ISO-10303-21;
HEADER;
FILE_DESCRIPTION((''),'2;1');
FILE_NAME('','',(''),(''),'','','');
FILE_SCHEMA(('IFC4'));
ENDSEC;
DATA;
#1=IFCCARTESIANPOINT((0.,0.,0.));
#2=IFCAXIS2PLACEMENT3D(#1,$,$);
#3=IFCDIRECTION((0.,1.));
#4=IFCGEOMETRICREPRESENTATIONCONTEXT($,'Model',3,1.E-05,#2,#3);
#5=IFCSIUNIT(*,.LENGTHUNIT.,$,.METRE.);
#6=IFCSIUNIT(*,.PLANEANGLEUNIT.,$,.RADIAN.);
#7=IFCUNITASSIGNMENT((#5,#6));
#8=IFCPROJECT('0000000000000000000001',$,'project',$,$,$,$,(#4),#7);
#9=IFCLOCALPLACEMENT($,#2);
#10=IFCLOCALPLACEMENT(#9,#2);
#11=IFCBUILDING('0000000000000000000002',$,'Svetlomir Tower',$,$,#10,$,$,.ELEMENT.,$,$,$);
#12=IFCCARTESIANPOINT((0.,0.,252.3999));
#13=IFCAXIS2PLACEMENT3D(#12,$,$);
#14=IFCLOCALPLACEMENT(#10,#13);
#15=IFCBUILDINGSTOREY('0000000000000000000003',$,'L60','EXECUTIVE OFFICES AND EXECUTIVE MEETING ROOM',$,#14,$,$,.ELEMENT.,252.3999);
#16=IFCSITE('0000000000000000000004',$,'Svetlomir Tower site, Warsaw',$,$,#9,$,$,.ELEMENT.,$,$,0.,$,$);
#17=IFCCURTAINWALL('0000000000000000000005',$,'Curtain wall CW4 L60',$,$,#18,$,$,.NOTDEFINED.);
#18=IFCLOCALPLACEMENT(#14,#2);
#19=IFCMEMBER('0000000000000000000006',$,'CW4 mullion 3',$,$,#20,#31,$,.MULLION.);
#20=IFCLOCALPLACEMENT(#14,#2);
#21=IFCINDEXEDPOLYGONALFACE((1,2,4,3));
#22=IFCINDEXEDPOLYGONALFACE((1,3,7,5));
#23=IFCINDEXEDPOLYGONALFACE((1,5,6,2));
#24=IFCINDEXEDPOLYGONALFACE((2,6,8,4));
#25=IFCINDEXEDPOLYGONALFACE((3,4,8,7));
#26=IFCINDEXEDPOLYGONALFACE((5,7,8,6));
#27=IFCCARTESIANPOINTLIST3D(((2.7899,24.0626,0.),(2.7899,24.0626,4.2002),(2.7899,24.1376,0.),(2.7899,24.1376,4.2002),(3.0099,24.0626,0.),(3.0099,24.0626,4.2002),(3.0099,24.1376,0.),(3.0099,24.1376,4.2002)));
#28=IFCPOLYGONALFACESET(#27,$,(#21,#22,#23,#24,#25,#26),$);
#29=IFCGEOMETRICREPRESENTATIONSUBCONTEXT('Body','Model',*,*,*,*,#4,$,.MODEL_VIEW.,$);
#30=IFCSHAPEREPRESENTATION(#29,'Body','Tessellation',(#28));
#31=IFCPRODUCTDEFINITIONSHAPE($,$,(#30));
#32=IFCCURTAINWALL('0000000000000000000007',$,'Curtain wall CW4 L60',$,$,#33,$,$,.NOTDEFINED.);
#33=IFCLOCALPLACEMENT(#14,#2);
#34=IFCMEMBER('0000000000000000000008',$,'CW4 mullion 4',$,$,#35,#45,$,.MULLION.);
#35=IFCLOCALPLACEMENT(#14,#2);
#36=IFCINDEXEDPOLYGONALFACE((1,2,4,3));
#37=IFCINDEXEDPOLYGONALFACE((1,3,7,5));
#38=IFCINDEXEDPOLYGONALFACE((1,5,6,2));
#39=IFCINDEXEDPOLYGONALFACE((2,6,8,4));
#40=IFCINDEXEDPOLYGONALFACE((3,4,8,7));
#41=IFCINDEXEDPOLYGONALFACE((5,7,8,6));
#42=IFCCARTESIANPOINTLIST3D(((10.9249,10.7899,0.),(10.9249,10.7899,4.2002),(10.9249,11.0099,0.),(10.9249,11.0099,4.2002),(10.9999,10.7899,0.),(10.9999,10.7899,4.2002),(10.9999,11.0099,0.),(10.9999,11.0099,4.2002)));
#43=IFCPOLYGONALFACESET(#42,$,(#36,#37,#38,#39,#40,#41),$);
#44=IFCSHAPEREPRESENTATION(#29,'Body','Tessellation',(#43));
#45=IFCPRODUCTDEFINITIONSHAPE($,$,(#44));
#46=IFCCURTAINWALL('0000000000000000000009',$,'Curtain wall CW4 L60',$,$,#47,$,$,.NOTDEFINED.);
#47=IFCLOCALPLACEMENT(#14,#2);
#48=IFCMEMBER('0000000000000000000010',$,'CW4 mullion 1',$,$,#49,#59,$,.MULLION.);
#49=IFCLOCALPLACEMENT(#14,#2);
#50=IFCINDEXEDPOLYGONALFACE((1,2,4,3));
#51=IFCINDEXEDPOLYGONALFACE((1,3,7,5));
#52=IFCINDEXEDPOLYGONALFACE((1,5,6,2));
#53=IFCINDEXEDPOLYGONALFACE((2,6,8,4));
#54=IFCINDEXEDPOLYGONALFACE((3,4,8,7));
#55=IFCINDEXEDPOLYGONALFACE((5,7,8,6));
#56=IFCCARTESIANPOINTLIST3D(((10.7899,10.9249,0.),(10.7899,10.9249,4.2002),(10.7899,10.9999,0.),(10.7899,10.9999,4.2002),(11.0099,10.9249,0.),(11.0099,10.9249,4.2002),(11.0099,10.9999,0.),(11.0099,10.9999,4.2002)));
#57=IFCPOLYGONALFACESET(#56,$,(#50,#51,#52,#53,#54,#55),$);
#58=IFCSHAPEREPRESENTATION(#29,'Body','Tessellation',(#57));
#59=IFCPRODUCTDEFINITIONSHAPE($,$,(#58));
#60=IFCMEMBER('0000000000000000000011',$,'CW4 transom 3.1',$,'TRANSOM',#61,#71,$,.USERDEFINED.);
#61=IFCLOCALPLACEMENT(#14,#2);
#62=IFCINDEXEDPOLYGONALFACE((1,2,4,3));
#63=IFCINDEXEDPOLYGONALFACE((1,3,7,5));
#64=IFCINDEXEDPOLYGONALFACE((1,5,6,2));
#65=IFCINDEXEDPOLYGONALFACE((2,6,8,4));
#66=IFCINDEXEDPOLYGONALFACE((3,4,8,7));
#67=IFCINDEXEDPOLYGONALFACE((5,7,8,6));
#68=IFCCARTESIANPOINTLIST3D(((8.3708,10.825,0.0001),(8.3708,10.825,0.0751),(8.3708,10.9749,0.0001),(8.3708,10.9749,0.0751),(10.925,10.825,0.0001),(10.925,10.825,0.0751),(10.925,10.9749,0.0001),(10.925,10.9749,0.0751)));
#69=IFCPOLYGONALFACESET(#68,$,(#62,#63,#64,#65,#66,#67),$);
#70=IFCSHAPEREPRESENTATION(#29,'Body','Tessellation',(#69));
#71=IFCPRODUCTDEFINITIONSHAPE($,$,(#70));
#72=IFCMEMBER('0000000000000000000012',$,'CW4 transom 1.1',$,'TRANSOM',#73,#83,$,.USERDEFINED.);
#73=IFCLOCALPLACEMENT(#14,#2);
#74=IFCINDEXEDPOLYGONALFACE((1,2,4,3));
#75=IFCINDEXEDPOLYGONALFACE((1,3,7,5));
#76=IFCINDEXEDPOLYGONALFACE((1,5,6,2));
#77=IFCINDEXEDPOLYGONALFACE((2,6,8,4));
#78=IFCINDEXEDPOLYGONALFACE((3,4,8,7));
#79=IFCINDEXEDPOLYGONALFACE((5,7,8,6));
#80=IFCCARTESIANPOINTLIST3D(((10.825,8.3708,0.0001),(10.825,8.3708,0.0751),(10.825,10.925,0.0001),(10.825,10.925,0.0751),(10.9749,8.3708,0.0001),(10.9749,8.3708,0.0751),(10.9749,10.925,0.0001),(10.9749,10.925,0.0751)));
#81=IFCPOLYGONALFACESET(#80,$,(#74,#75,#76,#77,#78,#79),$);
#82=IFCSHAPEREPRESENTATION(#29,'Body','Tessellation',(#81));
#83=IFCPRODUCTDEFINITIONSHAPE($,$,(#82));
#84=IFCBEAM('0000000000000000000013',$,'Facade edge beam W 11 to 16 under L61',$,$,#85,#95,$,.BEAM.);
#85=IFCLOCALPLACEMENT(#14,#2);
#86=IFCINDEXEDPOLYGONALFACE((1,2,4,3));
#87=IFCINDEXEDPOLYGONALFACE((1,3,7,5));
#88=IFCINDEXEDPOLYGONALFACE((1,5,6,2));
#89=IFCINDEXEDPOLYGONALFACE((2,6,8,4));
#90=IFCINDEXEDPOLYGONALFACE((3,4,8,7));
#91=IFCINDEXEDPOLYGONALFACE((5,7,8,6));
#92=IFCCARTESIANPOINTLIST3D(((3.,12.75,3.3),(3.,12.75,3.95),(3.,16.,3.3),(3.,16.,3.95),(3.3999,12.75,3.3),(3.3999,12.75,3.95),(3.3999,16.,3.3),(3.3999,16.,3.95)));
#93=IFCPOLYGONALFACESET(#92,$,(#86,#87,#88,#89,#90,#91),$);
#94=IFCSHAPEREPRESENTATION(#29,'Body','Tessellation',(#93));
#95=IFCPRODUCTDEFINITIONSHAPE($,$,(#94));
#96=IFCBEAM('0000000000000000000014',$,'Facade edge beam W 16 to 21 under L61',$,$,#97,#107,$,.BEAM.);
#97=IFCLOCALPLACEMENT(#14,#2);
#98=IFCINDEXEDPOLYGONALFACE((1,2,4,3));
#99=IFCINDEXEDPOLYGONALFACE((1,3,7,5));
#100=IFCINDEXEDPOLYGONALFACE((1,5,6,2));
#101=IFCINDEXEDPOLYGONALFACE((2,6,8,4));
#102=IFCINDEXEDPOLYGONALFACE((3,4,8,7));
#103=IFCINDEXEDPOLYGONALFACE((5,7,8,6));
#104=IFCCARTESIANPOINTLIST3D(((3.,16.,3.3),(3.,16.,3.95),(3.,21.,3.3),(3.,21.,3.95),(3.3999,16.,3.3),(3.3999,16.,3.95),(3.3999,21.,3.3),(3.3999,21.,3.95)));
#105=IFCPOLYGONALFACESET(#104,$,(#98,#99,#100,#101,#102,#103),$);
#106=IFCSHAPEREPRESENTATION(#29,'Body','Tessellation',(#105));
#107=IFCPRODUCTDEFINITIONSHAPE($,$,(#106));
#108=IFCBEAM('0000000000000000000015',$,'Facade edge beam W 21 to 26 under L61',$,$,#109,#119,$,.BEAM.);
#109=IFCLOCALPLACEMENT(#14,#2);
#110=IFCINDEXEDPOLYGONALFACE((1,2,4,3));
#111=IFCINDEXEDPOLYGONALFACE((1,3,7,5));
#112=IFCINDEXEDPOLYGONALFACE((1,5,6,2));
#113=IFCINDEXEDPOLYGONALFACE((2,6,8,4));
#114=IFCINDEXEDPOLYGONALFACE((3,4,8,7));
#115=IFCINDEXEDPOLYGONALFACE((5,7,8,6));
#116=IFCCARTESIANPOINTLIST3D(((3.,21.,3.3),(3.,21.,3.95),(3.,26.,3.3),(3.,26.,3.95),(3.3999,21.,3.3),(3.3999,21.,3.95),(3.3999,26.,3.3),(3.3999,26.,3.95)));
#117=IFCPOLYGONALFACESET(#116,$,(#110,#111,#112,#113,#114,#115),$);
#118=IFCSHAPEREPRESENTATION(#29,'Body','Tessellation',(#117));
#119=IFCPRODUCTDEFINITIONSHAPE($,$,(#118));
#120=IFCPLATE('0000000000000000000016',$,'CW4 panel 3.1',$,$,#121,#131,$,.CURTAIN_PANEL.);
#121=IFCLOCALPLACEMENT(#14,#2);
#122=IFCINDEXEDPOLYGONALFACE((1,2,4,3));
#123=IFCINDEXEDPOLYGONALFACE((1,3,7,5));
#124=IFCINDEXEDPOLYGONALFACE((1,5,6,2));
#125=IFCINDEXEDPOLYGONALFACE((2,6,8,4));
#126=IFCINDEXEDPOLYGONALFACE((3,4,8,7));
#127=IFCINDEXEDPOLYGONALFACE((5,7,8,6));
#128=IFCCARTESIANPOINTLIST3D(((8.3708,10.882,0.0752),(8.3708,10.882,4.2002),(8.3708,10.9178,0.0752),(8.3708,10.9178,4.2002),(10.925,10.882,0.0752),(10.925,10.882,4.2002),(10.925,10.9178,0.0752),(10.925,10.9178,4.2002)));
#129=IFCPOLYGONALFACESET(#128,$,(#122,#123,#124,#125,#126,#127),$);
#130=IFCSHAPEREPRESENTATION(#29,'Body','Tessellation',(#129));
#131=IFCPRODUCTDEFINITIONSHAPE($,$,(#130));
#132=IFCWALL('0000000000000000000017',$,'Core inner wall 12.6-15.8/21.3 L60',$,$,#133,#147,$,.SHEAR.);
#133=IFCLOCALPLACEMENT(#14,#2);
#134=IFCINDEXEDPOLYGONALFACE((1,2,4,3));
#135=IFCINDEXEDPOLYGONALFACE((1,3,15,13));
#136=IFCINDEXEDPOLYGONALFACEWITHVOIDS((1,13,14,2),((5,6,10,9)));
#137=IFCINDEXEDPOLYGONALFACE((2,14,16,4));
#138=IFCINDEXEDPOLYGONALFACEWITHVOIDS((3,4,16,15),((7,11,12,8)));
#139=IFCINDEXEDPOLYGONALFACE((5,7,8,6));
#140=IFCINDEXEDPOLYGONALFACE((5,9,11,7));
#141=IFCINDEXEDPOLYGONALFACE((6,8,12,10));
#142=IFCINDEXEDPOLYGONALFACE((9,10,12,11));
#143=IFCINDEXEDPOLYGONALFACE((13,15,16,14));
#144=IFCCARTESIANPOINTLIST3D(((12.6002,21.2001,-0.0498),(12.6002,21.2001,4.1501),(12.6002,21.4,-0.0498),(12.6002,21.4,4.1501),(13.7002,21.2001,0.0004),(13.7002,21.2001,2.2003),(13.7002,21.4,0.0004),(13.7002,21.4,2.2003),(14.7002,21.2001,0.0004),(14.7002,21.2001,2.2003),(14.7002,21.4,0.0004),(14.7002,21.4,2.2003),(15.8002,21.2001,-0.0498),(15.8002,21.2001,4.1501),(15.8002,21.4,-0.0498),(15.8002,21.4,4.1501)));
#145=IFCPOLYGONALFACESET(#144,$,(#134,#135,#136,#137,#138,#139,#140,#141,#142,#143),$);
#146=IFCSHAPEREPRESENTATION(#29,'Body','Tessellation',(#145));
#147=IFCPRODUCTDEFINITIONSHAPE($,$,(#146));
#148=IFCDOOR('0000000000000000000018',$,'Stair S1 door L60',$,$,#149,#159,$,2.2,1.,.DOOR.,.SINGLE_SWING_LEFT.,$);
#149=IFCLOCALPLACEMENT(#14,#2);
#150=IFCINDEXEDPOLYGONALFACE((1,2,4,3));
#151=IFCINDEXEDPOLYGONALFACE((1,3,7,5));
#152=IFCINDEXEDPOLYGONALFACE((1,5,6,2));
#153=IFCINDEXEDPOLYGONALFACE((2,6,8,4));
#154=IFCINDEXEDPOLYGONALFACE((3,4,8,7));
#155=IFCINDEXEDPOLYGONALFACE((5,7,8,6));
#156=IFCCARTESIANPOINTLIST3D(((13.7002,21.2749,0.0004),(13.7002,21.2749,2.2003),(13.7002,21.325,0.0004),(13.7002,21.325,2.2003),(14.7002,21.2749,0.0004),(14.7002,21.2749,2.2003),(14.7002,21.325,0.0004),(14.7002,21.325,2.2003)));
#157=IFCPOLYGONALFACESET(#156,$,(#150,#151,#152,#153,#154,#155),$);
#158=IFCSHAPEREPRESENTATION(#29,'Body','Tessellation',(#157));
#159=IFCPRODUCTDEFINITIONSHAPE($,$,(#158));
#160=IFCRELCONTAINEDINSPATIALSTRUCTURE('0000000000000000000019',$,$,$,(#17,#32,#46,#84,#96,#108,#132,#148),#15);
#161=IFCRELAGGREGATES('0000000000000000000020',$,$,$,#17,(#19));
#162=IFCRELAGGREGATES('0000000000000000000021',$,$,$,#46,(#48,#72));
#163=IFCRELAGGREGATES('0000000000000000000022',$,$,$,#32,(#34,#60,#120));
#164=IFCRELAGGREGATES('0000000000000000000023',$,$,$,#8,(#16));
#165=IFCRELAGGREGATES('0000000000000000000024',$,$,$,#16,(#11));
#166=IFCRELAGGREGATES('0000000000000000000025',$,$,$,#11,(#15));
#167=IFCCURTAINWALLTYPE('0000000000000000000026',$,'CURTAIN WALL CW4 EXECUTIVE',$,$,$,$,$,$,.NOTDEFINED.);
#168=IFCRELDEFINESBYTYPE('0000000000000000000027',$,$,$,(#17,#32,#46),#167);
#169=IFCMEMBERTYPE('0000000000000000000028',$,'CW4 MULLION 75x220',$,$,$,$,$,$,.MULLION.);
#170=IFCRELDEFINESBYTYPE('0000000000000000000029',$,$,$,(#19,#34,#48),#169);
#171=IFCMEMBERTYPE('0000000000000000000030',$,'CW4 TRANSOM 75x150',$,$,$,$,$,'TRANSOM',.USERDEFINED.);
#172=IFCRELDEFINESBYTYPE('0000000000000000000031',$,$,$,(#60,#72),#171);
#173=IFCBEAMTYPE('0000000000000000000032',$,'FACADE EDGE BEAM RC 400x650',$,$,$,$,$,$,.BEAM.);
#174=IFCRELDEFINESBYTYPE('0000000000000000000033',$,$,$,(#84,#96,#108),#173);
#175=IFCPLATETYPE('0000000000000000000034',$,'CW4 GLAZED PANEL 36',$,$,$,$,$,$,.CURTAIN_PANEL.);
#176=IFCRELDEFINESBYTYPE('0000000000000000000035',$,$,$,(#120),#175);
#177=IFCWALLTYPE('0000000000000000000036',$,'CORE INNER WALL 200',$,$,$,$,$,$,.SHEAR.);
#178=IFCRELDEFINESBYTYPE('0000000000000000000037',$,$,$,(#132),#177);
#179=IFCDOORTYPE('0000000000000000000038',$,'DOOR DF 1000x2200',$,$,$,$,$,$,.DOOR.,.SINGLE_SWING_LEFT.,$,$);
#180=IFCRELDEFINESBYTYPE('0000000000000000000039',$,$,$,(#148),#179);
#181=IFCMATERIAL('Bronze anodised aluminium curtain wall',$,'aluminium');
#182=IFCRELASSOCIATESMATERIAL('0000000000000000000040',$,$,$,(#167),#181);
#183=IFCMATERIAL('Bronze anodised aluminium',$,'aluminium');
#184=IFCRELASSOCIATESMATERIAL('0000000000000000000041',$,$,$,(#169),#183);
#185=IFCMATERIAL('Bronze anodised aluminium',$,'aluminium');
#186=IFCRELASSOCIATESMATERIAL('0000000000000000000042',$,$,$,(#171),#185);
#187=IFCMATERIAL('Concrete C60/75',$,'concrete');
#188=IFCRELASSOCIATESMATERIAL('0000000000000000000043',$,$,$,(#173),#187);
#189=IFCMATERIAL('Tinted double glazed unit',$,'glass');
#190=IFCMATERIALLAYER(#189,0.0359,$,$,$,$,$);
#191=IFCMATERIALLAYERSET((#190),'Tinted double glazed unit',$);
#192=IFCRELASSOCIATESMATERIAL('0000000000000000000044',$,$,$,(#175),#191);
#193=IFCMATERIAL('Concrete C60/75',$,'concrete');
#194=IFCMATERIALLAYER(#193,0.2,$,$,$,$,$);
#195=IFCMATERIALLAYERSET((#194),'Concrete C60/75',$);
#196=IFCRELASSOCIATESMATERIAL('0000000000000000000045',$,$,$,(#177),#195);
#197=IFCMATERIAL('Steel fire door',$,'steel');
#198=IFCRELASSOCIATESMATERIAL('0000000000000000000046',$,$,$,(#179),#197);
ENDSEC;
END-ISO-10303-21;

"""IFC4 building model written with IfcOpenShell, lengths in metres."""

from ifc_helpers import new_model, si_unit, direction, frame, frame_2d, origin, origin_2d, place, context, subcontext, project, spatial, rectangle, extrude, material, layer, layer_set, material_profile, profile_set, type_object, element, fill, aggregate, save


model = new_model("IFC4")

# Units and contexts
model_context = context("Model", 3, precision=1e-05, world=origin(), true_north=direction((0.0, 1.0)))
body_context = subcontext(model_context, "Body", "Model", "MODEL_VIEW")
ifc_project = project(units=[si_unit("LENGTHUNIT", "METRE"), si_unit("PLANEANGLEUNIT", "RADIAN")], contexts=[model_context])

# Site, building, storey
site_placement = place(None, origin())
site = spatial("IfcSite", under=ifc_project, at=site_placement, Name="Svetlomir Tower site, Warsaw", CompositionType="ELEMENT", RefElevation=0.0)
building_placement = place(site_placement, origin())
building = spatial("IfcBuilding", under=site, at=building_placement, Name="Svetlomir Tower", CompositionType="ELEMENT")
storey_placement = place(building_placement, frame((0.0, 0.0, 252.3999)))
storey = spatial("IfcBuildingStorey", under=building, at=storey_placement, Name="L60", Description="EXECUTIVE OFFICES AND EXECUTIVE MEETING ROOM", CompositionType="ELEMENT", Elevation=252.3999)

# Curtain walls, members
ifc_material_1 = material(Name="Bronze anodised aluminium curtain wall", Category="aluminium")
curtain_wall_type = type_object("IfcCurtainWallType", Name="CURTAIN WALL CW4 EXECUTIVE", PredefinedType="NOTDEFINED", material=ifc_material_1)
curtain_wall_1_placement = place(storey_placement, origin())
curtain_wall_1 = element("IfcCurtainWall", 1, at=curtain_wall_1_placement, inside=storey, type_object=curtain_wall_type, Name="Curtain wall CW4 L60", PredefinedType="NOTDEFINED")
ifc_material_2 = material(Name="Bronze anodised aluminium", Category="aluminium")
ifc_material_profile_1 = material_profile(ifc_material_2, rectangle(XDim=0.075, YDim=0.22, at=origin_2d()), Name="AL 75x220")
ifc_profile_set_1 = profile_set([ifc_material_profile_1], Name="Bronze anodised aluminium 6063-T6")
member_type_1 = type_object("IfcMemberType", Name="CW4 MULLION 75x220", PredefinedType="MULLION", material=ifc_profile_set_1)
member_1_placement = place(storey_placement, frame((2.8999, 24.1001, 0.0), z_axis=(0.0, 0.0, 1.0), x_axis=(0.0, -1.0, 0.0)))
member_1 = element("IfcMember", 2, at=member_1_placement, type_object=member_type_1, Name="CW4 mullion 3", PredefinedType="MULLION", context=body_context, shape_type="SweptSolid", body=[
    extrude(rectangle(XDim=0.075, YDim=0.22, at=origin_2d()), origin(), (0.0, 0.0, 1.0), 4.2002),
])
aggregate(curtain_wall_1, [member_1])
curtain_wall_2_placement = place(storey_placement, origin())
curtain_wall_2 = element("IfcCurtainWall", 3, at=curtain_wall_2_placement, inside=storey, type_object=curtain_wall_type, Name="Curtain wall CW4 L60", PredefinedType="NOTDEFINED")
member_2_placement = place(storey_placement, frame((10.9624, 10.8999, 0.0), z_axis=(0.0, 0.0, 1.0), x_axis=(1.0, 0.0, 0.0)))
member_2 = element("IfcMember", 4, at=member_2_placement, type_object=member_type_1, Name="CW4 mullion 4", PredefinedType="MULLION", context=body_context, shape_type="SweptSolid", body=[
    extrude(rectangle(XDim=0.075, YDim=0.22, at=origin_2d()), origin(), (0.0, 0.0, 1.0), 4.2002),
])
curtain_wall_3_placement = place(storey_placement, origin())
curtain_wall_3 = element("IfcCurtainWall", 5, at=curtain_wall_3_placement, inside=storey, type_object=curtain_wall_type, Name="Curtain wall CW4 L60", PredefinedType="NOTDEFINED")
member_3_placement = place(storey_placement, frame((10.8999, 10.9624, 0.0), z_axis=(0.0, 0.0, 1.0), x_axis=(0.0, -1.0, 0.0)))
member_3 = element("IfcMember", 6, at=member_3_placement, type_object=member_type_1, Name="CW4 mullion 1", PredefinedType="MULLION", context=body_context, shape_type="SweptSolid", body=[
    extrude(rectangle(XDim=0.075, YDim=0.22, at=origin_2d()), origin(), (0.0, 0.0, 1.0), 4.2002),
])

# Members
ifc_material_3 = material(Name="Bronze anodised aluminium", Category="aluminium")
ifc_material_profile_2 = material_profile(ifc_material_3, rectangle(XDim=0.1499, YDim=0.075, at=origin_2d()), Name="AL 150x75")
ifc_profile_set_2 = profile_set([ifc_material_profile_2], Name="Bronze anodised aluminium 6063-T6")
member_type_2 = type_object("IfcMemberType", Name="CW4 TRANSOM 75x150", ElementType="TRANSOM", PredefinedType="USERDEFINED", material=ifc_profile_set_2)
member_4_placement = place(storey_placement, frame((8.3708, 10.8999, 0.0376), z_axis=(1.0, 0.0, 0.0), x_axis=(0.0, 1.0, 0.0)))
member_4 = element("IfcMember", 7, at=member_4_placement, type_object=member_type_2, Name="CW4 transom 3.1", ObjectType="TRANSOM", PredefinedType="USERDEFINED", context=body_context, shape_type="SweptSolid", body=[
    extrude(rectangle(XDim=0.1499, YDim=0.075, at=origin_2d()), origin(), (0.0, 0.0, 1.0), 2.5542),
])
member_5_placement = place(storey_placement, frame((10.8999, 10.925, 0.0376), z_axis=(0.0, -1.0, 0.0), x_axis=(1.0, 0.0, 0.0)))
member_5 = element("IfcMember", 8, at=member_5_placement, type_object=member_type_2, Name="CW4 transom 1.1", ObjectType="TRANSOM", PredefinedType="USERDEFINED", context=body_context, shape_type="SweptSolid", body=[
    extrude(rectangle(XDim=0.1499, YDim=0.075, at=origin_2d()), origin(), (0.0, 0.0, 1.0), 2.5542),
])
aggregate(curtain_wall_3, [member_3, member_5])

# Beams
ifc_material_4 = material(Name="Concrete C60/75", Category="concrete")
ifc_material_profile_3 = material_profile(ifc_material_4, rectangle(XDim=0.3999, YDim=0.6499, at=origin_2d()), Name="RC 400x650")
ifc_profile_set_3 = profile_set([ifc_material_profile_3], Name="Concrete C60/75")
beam_type = type_object("IfcBeamType", Name="FACADE EDGE BEAM RC 400x650", PredefinedType="BEAM", material=ifc_profile_set_3)
beam_placement = place(storey_placement, frame((3.2, 12.75, 3.625), z_axis=(0.0, 1.0, 0.0), x_axis=(-1.0, 0.0, 0.0)))
element("IfcBeam", 9, at=beam_placement, inside=storey, type_object=beam_type, Name="Facade edge beam W 11 to 16 under L61", PredefinedType="BEAM", context=body_context, shape_type="SweptSolid", body=[
    extrude(rectangle(XDim=0.3999, YDim=0.6499, at=origin_2d()), origin(), (0.0, 0.0, 1.0), 3.25),
])
for number, where, z_axis, x_axis, name in (
    (10, (3.2, 16.0, 3.625), (0.0, 1.0, 0.0), (-1.0, 0.0, 0.0), "Facade edge beam W 16 to 21 under L61"),
    (11, (3.2, 21.0, 3.625), (0.0, 1.0, 0.0), (-1.0, 0.0, 0.0), "Facade edge beam W 21 to 26 under L61"),
):
    element("IfcBeam", number, at=place(storey_placement, frame(where, z_axis=z_axis, x_axis=x_axis)), inside=storey, type_object=beam_type, Name=name, PredefinedType="BEAM", context=body_context, shape_type="SweptSolid", body=[
        extrude(rectangle(XDim=0.3999, YDim=0.6499, at=origin_2d()), origin(), (0.0, 0.0, 1.0), 5.0),
    ])

# Plate
ifc_material_5 = material(Name="Tinted double glazed unit", Category="glass")
ifc_layer_1 = layer(ifc_material_5, 0.0359)
ifc_layer_set_1 = layer_set([ifc_layer_1], Name="Tinted double glazed unit")
plate_type = type_object("IfcPlateType", Name="CW4 GLAZED PANEL 36", PredefinedType="CURTAIN_PANEL", material=ifc_layer_set_1)
plate_placement = place(storey_placement, frame((9.6479, 10.8999, 0.0752), z_axis=(0.0, 0.0, 1.0), x_axis=(1.0, 0.0, 0.0)))
plate = element("IfcPlate", 12, at=plate_placement, type_object=plate_type, Name="CW4 panel 3.1", PredefinedType="CURTAIN_PANEL", context=body_context, shape_type="SweptSolid", body=[
    extrude(rectangle(XDim=2.5542, YDim=0.0359, at=origin_2d()), origin(), (0.0, 0.0, 1.0), 4.125),
])
aggregate(curtain_wall_2, [member_2, member_4, plate])

# Wall, opening, door
ifc_material_6 = material(Name="Concrete C60/75", Category="concrete")
ifc_layer_2 = layer(ifc_material_6, 0.2)
ifc_layer_set_2 = layer_set([ifc_layer_2], Name="Concrete C60/75")
wall_type_1 = type_object("IfcWallType", Name="CORE INNER WALL 200", PredefinedType="SHEAR", material=ifc_layer_set_2)
wall_1_placement = place(storey_placement, frame((12.6001, 21.3, -0.0498), z_axis=(0.0, 0.0, 1.0), x_axis=(1.0, 0.0, 0.0)))
wall_1 = element("IfcWall", 13, at=wall_1_placement, inside=storey, type_object=wall_type_1, Name="Core inner wall 12.6-15.8/21.3 L60", PredefinedType="SHEAR", context=body_context, shape_type="SweptSolid", body=[
    extrude(rectangle(XDim=3.2, YDim=0.2, at=frame_2d((1.6001, 0.0))), origin(), (0.0, 0.0, 1.0), 4.2),
])
opening_1_placement = place(wall_1_placement, frame((1.1001, 0.0, 0.05)))
opening_1 = element("IfcOpeningElement", 14, at=opening_1_placement, cuts=wall_1, PredefinedType="OPENING", context=body_context, shape_type="SweptSolid", body=[
    extrude(rectangle(XDim=1.0, YDim=2.2, at=frame_2d((0.5, 1.1001))), frame((0.0, 0.1099, 0.0), z_axis=(0.0, -1.0, 0.0), x_axis=(1.0, 0.0, 0.0)), (0.0, 0.0, 1.0), 0.22),
])
ifc_material_7 = material(Name="Steel fire door", Category="steel")
door_type_1 = type_object("IfcDoorType", Name="DOOR DF 1000x2200", OperationType="SINGLE_SWING_LEFT", PredefinedType="DOOR", material=ifc_material_7)
door_1_placement = place(opening_1_placement, origin())
door_1 = element("IfcDoor", 15, at=door_1_placement, inside=storey, type_object=door_type_1, Name="Stair S1 door L60", OperationType="SINGLE_SWING_LEFT", OverallHeight=2.2, OverallWidth=1.0, PredefinedType="DOOR", context=body_context, shape_type="SweptSolid", body=[
    extrude(rectangle(XDim=1.0, YDim=2.2, at=frame_2d((0.5, 1.1001))), frame((0.0, 0.0249, 0.0), z_axis=(0.0, -1.0, 0.0), x_axis=(1.0, 0.0, 0.0)), (0.0, 0.0, 1.0), 0.05),
])
fill(opening_1, door_1)

save(model, "model.ifc")
